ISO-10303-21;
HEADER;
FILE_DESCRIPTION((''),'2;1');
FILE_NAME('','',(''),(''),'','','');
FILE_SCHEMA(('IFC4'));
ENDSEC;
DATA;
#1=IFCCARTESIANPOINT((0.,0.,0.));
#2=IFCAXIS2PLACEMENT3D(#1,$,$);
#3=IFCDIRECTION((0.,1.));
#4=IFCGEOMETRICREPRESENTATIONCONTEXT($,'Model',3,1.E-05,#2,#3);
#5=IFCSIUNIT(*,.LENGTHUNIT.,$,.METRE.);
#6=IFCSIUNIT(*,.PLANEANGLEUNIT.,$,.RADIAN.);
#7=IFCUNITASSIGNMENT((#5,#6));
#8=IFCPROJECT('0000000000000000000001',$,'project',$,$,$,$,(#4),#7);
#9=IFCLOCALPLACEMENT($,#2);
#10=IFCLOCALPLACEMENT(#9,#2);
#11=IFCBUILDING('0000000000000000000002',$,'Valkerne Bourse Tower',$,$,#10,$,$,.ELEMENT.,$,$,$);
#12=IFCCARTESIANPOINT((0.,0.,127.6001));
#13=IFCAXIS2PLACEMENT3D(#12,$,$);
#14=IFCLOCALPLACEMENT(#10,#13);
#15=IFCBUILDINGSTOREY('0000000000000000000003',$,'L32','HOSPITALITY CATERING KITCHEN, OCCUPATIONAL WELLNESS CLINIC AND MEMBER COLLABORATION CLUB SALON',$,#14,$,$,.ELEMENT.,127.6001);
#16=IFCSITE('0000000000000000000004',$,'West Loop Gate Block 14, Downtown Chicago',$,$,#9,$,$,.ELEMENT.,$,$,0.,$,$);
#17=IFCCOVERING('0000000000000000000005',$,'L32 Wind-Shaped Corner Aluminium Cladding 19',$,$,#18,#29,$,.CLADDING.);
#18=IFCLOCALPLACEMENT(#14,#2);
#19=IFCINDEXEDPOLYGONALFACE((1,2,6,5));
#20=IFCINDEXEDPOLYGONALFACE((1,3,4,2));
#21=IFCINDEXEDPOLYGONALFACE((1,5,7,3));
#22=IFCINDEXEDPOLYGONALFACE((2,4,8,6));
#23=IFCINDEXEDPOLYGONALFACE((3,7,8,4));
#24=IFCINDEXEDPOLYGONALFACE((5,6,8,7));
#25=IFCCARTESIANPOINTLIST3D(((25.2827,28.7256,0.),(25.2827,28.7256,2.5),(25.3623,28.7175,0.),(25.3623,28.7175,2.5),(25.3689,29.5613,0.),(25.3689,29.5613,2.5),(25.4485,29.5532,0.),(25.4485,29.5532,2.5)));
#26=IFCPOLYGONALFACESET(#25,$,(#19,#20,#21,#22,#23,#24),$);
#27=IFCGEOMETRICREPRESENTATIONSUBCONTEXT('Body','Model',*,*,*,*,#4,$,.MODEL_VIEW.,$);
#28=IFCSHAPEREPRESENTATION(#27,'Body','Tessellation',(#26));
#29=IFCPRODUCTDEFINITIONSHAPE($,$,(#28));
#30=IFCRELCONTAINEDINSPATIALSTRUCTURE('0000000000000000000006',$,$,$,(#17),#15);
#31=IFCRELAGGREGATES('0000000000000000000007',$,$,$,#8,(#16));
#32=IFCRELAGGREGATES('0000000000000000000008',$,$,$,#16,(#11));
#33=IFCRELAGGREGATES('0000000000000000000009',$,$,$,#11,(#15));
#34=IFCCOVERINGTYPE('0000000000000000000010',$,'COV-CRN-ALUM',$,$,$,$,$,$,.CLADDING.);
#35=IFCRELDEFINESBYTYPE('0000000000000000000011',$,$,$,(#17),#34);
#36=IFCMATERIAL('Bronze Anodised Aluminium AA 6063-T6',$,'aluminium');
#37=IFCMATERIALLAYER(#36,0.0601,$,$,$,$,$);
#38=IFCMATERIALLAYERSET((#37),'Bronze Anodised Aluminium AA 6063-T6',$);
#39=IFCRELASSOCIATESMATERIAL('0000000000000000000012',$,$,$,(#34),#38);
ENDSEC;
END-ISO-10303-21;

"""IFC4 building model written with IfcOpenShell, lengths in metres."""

from ifc_helpers import new_model, si_unit, direction, frame, origin, place, context, subcontext, project, spatial, polyline, outline, extrude, material, layer, layer_set, type_object, element, save


model = new_model("IFC4")

# Units and contexts
model_context = context("Model", 3, precision=1e-05, world=origin(), true_north=direction((0.0, 1.0)))
body_context = subcontext(model_context, "Body", "Model", "MODEL_VIEW")
ifc_project = project(units=[si_unit("LENGTHUNIT", "METRE"), si_unit("PLANEANGLEUNIT", "RADIAN")], contexts=[model_context])

# Site, building, storey
site_placement = place(None, origin())
site = spatial("IfcSite", under=ifc_project, at=site_placement, Name="West Loop Gate Block 14, Downtown Chicago", CompositionType="ELEMENT", RefElevation=0.0)
building_placement = place(site_placement, origin())
building = spatial("IfcBuilding", under=site, at=building_placement, Name="Valkerne Bourse Tower", CompositionType="ELEMENT")
storey_placement = place(building_placement, frame((0.0, 0.0, 127.6001)))
storey = spatial("IfcBuildingStorey", under=building, at=storey_placement, Name="L32", Description="HOSPITALITY CATERING KITCHEN, OCCUPATIONAL WELLNESS CLINIC AND MEMBER COLLABORATION CLUB SALON", CompositionType="ELEMENT", Elevation=127.6001)

# Covering
ifc_material_1 = material(Name="Bronze Anodised Aluminium AA 6063-T6", Category="aluminium")
ifc_layer_1 = layer(ifc_material_1, 0.0601)
ifc_layer_set_1 = layer_set([ifc_layer_1], Name="Bronze Anodised Aluminium AA 6063-T6")
covering_type = type_object("IfcCoveringType", Name="COV-CRN-ALUM", PredefinedType="CLADDING", material=ifc_layer_set_1)
covering_1_placement = place(storey_placement, origin())
element("IfcCovering", 1, at=covering_1_placement, inside=storey, type_object=covering_type, Name="L32 Wind-Shaped Corner Aluminium Cladding 19", PredefinedType="CLADDING", context=body_context, shape_type="SweptSolid", body=[
    extrude(outline(polyline([(25.3689, 29.5613), (25.4485, 29.5532), (25.3623, 28.7175), (25.2827, 28.7256), (25.3689, 29.5613)])), origin(), (0.0, 0.0, 1.0), 2.5),
])

save(model, "model.ifc")
